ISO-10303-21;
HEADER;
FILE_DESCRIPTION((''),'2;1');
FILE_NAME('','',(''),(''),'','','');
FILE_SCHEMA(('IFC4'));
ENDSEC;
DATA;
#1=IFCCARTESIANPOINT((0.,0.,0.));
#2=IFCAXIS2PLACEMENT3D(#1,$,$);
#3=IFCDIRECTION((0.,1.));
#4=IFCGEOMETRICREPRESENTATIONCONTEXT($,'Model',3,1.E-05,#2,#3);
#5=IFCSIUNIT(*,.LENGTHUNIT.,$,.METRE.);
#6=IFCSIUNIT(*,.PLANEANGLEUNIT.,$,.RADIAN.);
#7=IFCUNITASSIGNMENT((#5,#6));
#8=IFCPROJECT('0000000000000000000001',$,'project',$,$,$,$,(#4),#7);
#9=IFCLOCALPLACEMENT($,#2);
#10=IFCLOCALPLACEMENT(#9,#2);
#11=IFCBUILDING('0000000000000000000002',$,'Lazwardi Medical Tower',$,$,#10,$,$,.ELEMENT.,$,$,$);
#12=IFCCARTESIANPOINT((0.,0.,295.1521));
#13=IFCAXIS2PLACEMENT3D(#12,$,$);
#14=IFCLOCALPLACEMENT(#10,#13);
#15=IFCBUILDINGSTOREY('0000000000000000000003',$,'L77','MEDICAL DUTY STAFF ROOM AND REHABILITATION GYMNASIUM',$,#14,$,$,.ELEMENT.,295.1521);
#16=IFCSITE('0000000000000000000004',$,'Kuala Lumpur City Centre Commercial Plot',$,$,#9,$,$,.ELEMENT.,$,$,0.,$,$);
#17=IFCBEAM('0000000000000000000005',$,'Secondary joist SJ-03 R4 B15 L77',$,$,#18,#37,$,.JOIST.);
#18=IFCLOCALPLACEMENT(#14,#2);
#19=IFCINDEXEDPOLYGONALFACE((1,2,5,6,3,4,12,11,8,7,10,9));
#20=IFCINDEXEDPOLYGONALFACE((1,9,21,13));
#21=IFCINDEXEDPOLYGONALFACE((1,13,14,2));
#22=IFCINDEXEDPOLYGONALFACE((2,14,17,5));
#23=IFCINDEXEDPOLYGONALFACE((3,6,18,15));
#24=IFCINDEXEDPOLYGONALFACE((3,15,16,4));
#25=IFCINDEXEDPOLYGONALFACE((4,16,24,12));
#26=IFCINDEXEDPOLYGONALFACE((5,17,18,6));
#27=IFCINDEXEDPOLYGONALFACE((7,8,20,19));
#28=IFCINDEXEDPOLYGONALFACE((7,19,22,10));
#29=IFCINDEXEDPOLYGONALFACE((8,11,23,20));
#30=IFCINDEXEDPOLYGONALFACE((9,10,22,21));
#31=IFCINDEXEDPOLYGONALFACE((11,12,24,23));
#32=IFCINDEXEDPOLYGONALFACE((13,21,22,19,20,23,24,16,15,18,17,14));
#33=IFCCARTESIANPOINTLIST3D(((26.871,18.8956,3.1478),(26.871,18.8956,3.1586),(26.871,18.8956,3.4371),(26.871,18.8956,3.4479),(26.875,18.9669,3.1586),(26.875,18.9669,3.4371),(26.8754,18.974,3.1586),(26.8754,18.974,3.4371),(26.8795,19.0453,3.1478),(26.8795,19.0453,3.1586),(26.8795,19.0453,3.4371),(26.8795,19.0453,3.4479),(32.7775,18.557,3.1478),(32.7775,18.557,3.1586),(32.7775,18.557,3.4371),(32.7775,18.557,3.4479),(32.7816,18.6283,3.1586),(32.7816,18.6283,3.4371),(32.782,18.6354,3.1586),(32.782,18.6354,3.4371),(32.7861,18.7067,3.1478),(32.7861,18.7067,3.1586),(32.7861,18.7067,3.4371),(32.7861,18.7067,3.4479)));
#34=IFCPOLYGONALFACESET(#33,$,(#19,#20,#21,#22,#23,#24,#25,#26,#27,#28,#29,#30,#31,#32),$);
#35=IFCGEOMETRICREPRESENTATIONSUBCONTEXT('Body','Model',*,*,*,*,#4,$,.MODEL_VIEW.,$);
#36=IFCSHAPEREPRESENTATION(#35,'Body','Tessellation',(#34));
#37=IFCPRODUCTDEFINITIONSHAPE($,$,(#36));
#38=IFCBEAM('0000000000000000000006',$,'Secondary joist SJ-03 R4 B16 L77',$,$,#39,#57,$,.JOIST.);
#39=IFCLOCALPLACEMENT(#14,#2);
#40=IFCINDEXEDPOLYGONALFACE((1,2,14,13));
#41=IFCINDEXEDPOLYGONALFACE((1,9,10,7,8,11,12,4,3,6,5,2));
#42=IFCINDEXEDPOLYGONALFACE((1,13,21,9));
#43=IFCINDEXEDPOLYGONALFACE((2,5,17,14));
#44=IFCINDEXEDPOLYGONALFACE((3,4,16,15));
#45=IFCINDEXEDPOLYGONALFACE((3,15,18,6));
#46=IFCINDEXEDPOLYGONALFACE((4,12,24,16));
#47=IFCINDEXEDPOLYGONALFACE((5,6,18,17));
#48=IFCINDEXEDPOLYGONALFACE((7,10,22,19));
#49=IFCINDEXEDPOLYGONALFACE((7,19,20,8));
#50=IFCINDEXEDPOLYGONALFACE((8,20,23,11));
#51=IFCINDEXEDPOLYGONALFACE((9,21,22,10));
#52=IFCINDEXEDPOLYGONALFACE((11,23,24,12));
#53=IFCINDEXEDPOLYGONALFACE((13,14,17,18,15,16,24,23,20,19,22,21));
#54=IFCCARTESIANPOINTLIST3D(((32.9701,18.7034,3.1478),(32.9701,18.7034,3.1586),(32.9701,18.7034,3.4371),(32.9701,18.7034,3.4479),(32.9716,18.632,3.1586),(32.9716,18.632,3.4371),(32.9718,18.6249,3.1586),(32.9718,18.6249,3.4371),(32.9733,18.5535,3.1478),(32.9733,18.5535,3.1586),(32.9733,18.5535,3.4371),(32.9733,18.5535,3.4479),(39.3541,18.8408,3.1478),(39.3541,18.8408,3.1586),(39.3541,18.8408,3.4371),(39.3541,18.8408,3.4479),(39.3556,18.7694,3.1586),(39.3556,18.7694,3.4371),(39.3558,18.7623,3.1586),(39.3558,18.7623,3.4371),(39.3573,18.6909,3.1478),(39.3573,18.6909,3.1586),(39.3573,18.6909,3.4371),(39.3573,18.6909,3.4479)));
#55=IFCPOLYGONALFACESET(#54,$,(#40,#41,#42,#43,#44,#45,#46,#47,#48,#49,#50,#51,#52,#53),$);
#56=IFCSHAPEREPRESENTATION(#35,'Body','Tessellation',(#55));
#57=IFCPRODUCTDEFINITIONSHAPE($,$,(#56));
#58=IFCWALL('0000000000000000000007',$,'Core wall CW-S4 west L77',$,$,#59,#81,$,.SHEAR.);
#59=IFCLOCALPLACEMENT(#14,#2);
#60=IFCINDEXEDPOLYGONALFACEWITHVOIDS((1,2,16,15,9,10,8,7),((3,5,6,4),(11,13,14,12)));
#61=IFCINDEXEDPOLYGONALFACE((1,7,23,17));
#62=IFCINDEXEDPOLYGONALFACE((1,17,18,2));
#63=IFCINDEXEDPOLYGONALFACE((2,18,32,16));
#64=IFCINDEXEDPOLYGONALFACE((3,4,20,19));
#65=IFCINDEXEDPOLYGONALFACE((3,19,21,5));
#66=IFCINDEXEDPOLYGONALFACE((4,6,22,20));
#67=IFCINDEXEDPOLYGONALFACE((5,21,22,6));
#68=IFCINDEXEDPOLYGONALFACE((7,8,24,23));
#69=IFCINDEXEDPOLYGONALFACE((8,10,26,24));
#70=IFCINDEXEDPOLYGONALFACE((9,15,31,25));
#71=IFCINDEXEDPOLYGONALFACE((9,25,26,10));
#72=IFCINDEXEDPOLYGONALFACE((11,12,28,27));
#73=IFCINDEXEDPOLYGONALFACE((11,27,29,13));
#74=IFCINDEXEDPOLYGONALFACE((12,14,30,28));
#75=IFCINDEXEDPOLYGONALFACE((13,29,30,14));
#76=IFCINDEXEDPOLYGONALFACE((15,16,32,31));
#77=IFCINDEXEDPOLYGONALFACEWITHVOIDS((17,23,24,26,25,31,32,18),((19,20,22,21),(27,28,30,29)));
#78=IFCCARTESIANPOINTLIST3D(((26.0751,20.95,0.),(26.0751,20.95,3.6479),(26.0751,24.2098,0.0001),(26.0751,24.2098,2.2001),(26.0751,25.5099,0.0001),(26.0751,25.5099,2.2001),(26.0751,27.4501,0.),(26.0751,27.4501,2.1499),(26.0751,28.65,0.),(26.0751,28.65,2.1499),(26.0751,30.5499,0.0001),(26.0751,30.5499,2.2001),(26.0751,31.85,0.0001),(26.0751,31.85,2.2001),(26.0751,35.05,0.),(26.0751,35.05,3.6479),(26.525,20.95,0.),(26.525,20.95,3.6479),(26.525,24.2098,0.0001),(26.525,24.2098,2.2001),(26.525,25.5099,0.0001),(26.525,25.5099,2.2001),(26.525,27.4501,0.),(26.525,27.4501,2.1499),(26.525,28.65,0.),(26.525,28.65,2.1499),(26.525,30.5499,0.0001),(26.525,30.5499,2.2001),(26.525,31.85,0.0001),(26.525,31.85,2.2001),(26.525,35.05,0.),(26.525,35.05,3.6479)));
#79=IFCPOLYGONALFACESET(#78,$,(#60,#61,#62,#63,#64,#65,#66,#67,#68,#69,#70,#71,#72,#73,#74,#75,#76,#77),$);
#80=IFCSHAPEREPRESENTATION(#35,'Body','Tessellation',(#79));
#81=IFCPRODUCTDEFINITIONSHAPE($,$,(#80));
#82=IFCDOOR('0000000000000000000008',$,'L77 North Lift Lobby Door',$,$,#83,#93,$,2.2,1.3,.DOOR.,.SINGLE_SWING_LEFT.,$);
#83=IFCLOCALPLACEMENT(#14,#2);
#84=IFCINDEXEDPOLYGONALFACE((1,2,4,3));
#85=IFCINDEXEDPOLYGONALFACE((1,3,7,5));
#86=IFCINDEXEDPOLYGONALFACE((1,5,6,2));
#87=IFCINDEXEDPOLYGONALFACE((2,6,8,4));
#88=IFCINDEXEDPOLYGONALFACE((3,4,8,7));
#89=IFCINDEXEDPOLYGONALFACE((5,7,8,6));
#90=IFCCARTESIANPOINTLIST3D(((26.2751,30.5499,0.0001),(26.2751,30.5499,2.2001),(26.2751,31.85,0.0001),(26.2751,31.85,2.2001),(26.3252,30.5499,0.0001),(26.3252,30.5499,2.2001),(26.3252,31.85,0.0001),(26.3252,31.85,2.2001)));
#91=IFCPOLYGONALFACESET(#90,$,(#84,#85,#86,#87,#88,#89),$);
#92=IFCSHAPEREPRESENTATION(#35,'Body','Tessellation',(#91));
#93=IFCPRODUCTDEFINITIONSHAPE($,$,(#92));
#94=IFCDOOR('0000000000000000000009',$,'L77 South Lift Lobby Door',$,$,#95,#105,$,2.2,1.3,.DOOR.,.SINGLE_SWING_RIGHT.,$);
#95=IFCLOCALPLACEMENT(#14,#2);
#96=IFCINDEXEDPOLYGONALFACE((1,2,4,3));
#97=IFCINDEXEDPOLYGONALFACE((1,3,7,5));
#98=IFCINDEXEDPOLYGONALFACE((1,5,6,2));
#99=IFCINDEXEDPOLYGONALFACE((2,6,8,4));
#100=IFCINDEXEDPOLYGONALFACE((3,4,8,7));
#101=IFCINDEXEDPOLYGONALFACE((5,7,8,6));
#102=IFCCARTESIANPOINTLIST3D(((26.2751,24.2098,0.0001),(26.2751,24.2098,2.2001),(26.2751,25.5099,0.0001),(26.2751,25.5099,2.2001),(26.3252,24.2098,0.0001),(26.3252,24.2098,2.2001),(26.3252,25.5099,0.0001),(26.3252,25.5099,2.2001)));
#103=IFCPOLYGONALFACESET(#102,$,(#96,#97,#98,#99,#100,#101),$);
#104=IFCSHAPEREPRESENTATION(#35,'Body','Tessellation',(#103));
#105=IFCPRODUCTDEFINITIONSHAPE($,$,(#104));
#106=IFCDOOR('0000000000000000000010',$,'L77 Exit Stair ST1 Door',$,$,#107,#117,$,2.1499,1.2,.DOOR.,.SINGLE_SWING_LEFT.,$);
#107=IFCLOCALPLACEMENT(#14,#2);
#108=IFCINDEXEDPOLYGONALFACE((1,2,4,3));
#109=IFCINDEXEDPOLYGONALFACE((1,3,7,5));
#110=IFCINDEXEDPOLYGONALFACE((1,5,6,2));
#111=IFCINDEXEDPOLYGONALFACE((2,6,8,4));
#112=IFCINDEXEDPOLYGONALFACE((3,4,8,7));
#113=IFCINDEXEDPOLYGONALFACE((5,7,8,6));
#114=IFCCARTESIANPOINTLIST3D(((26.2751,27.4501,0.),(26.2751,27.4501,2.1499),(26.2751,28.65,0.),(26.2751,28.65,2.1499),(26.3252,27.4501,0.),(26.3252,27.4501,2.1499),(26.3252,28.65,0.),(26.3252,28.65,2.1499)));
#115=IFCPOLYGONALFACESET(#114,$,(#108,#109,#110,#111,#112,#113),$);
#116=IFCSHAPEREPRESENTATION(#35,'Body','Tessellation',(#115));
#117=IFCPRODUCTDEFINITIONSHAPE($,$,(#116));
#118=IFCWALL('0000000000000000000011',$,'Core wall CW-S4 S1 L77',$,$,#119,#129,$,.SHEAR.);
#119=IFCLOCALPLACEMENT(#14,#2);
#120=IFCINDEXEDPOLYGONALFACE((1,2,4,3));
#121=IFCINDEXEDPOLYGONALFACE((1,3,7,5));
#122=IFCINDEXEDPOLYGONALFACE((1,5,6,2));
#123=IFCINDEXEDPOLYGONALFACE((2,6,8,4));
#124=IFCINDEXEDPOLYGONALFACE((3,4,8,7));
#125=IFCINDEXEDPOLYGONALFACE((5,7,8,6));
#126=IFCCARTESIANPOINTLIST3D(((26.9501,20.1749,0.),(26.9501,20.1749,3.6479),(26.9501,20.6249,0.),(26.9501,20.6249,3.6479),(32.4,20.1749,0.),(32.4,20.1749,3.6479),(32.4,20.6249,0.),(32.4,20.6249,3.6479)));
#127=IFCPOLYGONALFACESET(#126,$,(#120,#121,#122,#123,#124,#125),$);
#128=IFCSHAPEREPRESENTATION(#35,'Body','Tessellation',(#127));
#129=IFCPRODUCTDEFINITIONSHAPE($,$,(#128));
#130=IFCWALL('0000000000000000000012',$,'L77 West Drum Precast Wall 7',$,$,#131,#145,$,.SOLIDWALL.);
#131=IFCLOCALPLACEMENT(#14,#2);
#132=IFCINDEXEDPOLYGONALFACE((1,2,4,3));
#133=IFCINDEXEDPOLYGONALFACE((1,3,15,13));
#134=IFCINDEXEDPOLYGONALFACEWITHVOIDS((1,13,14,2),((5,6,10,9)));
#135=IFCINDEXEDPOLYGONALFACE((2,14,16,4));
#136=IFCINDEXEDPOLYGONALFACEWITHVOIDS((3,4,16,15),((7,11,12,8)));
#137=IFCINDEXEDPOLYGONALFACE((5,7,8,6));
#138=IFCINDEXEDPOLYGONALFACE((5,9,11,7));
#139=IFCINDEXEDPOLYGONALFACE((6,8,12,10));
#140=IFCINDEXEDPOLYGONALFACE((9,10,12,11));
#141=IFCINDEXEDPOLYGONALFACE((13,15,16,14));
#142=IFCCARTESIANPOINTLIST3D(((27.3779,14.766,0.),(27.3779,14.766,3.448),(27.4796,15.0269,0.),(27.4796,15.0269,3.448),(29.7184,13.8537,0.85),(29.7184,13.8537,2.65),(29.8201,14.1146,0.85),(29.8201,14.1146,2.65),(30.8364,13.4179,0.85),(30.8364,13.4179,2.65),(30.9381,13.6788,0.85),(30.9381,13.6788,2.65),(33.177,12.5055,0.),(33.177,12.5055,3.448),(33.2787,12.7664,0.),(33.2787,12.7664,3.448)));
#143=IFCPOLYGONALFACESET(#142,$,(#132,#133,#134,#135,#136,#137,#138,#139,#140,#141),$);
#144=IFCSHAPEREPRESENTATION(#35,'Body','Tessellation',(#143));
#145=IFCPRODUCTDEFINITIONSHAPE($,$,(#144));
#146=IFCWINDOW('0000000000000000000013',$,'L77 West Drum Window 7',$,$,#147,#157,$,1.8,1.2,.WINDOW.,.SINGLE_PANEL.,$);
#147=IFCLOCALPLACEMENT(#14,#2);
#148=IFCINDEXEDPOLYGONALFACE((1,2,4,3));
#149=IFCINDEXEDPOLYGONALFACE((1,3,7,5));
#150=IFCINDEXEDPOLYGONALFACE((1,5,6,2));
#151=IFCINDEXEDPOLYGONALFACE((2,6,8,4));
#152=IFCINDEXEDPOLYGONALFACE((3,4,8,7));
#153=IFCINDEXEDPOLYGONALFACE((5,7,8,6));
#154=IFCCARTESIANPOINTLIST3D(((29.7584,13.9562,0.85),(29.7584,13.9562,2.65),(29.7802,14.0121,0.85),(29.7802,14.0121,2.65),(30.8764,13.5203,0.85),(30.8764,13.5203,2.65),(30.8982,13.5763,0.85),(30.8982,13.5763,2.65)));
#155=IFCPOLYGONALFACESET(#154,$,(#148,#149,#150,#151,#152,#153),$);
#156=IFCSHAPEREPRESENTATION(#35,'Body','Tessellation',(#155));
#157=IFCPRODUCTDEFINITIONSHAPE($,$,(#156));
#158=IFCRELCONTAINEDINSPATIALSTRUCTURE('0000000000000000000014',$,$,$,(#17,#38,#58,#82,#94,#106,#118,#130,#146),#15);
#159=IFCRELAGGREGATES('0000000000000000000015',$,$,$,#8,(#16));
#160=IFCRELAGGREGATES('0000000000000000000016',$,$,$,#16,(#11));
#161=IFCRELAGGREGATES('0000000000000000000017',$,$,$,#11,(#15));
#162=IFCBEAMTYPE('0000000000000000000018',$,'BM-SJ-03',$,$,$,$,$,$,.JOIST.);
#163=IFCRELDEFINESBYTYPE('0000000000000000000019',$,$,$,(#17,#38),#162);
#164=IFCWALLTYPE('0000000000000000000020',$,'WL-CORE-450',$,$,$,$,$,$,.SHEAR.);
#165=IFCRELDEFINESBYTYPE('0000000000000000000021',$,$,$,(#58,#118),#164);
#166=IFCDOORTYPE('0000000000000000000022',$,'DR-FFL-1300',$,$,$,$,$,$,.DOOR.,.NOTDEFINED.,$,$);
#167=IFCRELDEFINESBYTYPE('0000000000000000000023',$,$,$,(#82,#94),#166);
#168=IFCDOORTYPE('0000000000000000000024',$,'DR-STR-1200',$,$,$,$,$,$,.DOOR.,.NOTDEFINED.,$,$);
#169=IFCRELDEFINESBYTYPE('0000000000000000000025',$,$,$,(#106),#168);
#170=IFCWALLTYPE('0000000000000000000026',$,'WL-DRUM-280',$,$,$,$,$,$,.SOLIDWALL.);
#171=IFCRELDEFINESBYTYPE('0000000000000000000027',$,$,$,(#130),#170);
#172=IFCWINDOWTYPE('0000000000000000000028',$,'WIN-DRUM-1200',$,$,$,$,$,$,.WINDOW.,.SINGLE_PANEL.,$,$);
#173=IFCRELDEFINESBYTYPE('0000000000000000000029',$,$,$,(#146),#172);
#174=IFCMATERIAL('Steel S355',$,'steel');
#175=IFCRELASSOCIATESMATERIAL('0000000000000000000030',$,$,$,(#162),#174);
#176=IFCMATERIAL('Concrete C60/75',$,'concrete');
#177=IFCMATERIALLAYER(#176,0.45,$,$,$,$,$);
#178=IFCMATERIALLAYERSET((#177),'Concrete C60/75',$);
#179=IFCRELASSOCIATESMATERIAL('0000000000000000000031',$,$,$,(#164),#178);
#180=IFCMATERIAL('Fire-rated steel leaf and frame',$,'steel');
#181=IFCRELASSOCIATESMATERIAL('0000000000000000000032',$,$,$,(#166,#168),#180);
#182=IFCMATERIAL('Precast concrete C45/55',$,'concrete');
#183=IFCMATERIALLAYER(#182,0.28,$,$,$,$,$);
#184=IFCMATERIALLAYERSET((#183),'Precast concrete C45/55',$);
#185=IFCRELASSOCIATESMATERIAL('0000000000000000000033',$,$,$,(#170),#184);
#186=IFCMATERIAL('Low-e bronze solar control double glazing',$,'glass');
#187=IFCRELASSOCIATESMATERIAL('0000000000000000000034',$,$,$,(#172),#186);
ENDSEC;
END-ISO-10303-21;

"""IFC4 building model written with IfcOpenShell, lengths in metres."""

from ifc_helpers import new_model, si_unit, direction, frame, frame_2d, origin, origin_2d, place, context, subcontext, project, spatial, rectangle, i_section, extrude, material, layer, layer_set, material_profile, profile_set, type_object, element, fill, save


model = new_model("IFC4")

# Units and contexts
model_context = context("Model", 3, precision=1e-05, world=origin(), true_north=direction((0.0, 1.0)))
body_context = subcontext(model_context, "Body", "Model", "MODEL_VIEW")
ifc_project = project(units=[si_unit("LENGTHUNIT", "METRE"), si_unit("PLANEANGLEUNIT", "RADIAN")], contexts=[model_context])

# Site, building, storey
site_placement = place(None, origin())
site = spatial("IfcSite", under=ifc_project, at=site_placement, Name="Kuala Lumpur City Centre Commercial Plot", CompositionType="ELEMENT", RefElevation=0.0)
building_placement = place(site_placement, origin())
building = spatial("IfcBuilding", under=site, at=building_placement, Name="Lazwardi Medical Tower", CompositionType="ELEMENT")
storey_placement = place(building_placement, frame((0.0, 0.0, 295.1521)))
storey = spatial("IfcBuildingStorey", under=building, at=storey_placement, Name="L77", Description="MEDICAL DUTY STAFF ROOM AND REHABILITATION GYMNASIUM", CompositionType="ELEMENT", Elevation=295.1521)

# Shared definitions
ifc_material_1 = material(Name="Concrete C60/75", Category="concrete")

# Beams
ifc_material_2 = material(Name="Steel S355", Category="steel")
ifc_material_profile_1 = material_profile(ifc_material_2, i_section(OverallWidth=0.1499, OverallDepth=0.3, WebThickness=0.0071, FlangeThickness=0.0107, at=origin_2d()), Name="IPE 300")
ifc_profile_set_1 = profile_set([ifc_material_profile_1], Name="Steel S355")
beam_type_1 = type_object("IfcBeamType", Name="BM-SJ-03", PredefinedType="JOIST", material=ifc_profile_set_1)
beam_1_placement = place(storey_placement, frame((26.8752, 18.9705, 3.2979), z_axis=(0.998361, -0.057237, 0.0), x_axis=(0.057237, 0.998361, 0.0)))
element("IfcBeam", 1, at=beam_1_placement, inside=storey, type_object=beam_type_1, Name="Secondary joist SJ-03 R4 B15 L77", PredefinedType="JOIST", context=body_context, shape_type="SweptSolid", body=[
    extrude(i_section(OverallWidth=0.1499, OverallDepth=0.3, WebThickness=0.0071, FlangeThickness=0.0107, at=origin_2d()), origin(), (0.0, 0.0, 1.0), 5.9163),
])
beam_2_placement = place(storey_placement, frame((32.9717, 18.6284, 3.2979), z_axis=(0.999768, 0.021525, 0.0), x_axis=(-0.021525, 0.999768, 0.0)))
element("IfcBeam", 2, at=beam_2_placement, inside=storey, type_object=beam_type_1, Name="Secondary joist SJ-03 R4 B16 L77", PredefinedType="JOIST", context=body_context, shape_type="SweptSolid", body=[
    extrude(i_section(OverallWidth=0.1499, OverallDepth=0.3, WebThickness=0.0071, FlangeThickness=0.0107, at=origin_2d()), origin(), (0.0, 0.0, 1.0), 6.3855),
])

# Wall, openings, doors
ifc_layer_1 = layer(ifc_material_1, 0.45)
ifc_layer_set_1 = layer_set([ifc_layer_1], Name="Concrete C60/75")
wall_type_1 = type_object("IfcWallType", Name="WL-CORE-450", PredefinedType="SHEAR", material=ifc_layer_set_1)
wall_1_placement = place(storey_placement, frame((26.3, 20.95, 0.0), z_axis=(0.0, 0.0, 1.0), x_axis=(0.0, 1.0, 0.0)))
wall_1 = element("IfcWall", 3, at=wall_1_placement, inside=storey, type_object=wall_type_1, Name="Core wall CW-S4 west L77", PredefinedType="SHEAR", context=body_context, shape_type="SweptSolid", body=[
    extrude(rectangle(XDim=14.1001, YDim=0.45, at=frame_2d((7.05, 0.0))), origin(), (0.0, 0.0, 1.0), 3.6479),
])
opening_1_placement = place(wall_1_placement, frame((6.5, 0.0, 0.0)))
opening_1 = element("IfcOpeningElement", 4, at=opening_1_placement, cuts=wall_1, PredefinedType="OPENING", context=body_context, shape_type="SweptSolid", body=[
    extrude(rectangle(XDim=1.2, YDim=2.1499, at=frame_2d((0.6001, 1.075))), frame((0.0, 0.2349, 0.0), z_axis=(0.0, -1.0, 0.0), x_axis=(1.0, 0.0, 0.0)), (0.0, 0.0, 1.0), 0.47),
])
opening_2_placement = place(wall_1_placement, frame((9.6001, 0.0, 0.0)))
opening_2 = element("IfcOpeningElement", 5, at=opening_2_placement, cuts=wall_1, PredefinedType="OPENING", context=body_context, shape_type="SweptSolid", body=[
    extrude(rectangle(XDim=1.3, YDim=2.2, at=frame_2d((0.6499, 1.1001))), frame((0.0, 0.2349, 0.0), z_axis=(0.0, -1.0, 0.0), x_axis=(1.0, 0.0, 0.0)), (0.0, 0.0, 1.0), 0.47),
])
opening_3_placement = place(wall_1_placement, frame((3.26, 0.0, 0.0)))
opening_3 = element("IfcOpeningElement", 6, at=opening_3_placement, cuts=wall_1, PredefinedType="OPENING", context=body_context, shape_type="SweptSolid", body=[
    extrude(rectangle(XDim=1.3, YDim=2.2, at=frame_2d((0.6499, 1.1001))), frame((0.0, 0.2349, 0.0), z_axis=(0.0, -1.0, 0.0), x_axis=(1.0, 0.0, 0.0)), (0.0, 0.0, 1.0), 0.47),
])
ifc_material_3 = material(Name="Fire-rated steel leaf and frame", Category="steel")
door_type_1 = type_object("IfcDoorType", Name="DR-FFL-1300", OperationType="NOTDEFINED", PredefinedType="DOOR", material=ifc_material_3)
door_1_placement = place(opening_2_placement, origin())
door_1 = element("IfcDoor", 7, at=door_1_placement, inside=storey, type_object=door_type_1, Name="L77 North Lift Lobby Door", OperationType="SINGLE_SWING_LEFT", OverallHeight=2.2, OverallWidth=1.3, PredefinedType="DOOR", context=body_context, shape_type="SweptSolid", body=[
    extrude(rectangle(XDim=1.3, YDim=2.2, at=frame_2d((0.6499, 1.1001))), frame((0.0, 0.0249, 0.0), z_axis=(0.0, -1.0, 0.0), x_axis=(1.0, 0.0, 0.0)), (0.0, 0.0, 1.0), 0.05),
])
fill(opening_2, door_1)
door_2_placement = place(opening_3_placement, origin())
door_2 = element("IfcDoor", 8, at=door_2_placement, inside=storey, type_object=door_type_1, Name="L77 South Lift Lobby Door", OperationType="SINGLE_SWING_RIGHT", OverallHeight=2.2, OverallWidth=1.3, PredefinedType="DOOR", context=body_context, shape_type="SweptSolid", body=[
    extrude(rectangle(XDim=1.3, YDim=2.2, at=frame_2d((0.6499, 1.1001))), frame((0.0, 0.0249, 0.0), z_axis=(0.0, -1.0, 0.0), x_axis=(1.0, 0.0, 0.0)), (0.0, 0.0, 1.0), 0.05),
])
fill(opening_3, door_2)
door_type_2 = type_object("IfcDoorType", Name="DR-STR-1200", OperationType="NOTDEFINED", PredefinedType="DOOR", material=ifc_material_3)
door_3_placement = place(opening_1_placement, origin())
door_3 = element("IfcDoor", 9, at=door_3_placement, inside=storey, type_object=door_type_2, Name="L77 Exit Stair ST1 Door", OperationType="SINGLE_SWING_LEFT", OverallHeight=2.1499, OverallWidth=1.2, PredefinedType="DOOR", context=body_context, shape_type="SweptSolid", body=[
    extrude(rectangle(XDim=1.2, YDim=2.1499, at=frame_2d((0.6001, 1.075))), frame((0.0, 0.0249, 0.0), z_axis=(0.0, -1.0, 0.0), x_axis=(1.0, 0.0, 0.0)), (0.0, 0.0, 1.0), 0.05),
])
fill(opening_1, door_3)

# Wall
wall_2_placement = place(storey_placement, frame((26.95, 20.3999, 0.0), z_axis=(0.0, 0.0, 1.0), x_axis=(1.0, 0.0, 0.0)))
element("IfcWall", 10, at=wall_2_placement, inside=storey, type_object=wall_type_1, Name="Core wall CW-S4 S1 L77", PredefinedType="SHEAR", context=body_context, shape_type="SweptSolid", body=[
    extrude(rectangle(XDim=5.45, YDim=0.45, at=frame_2d((2.7251, 0.0))), origin(), (0.0, 0.0, 1.0), 3.6479),
])

# Wall, opening, window
ifc_material_4 = material(Name="Precast concrete C45/55", Category="concrete")
ifc_layer_2 = layer(ifc_material_4, 0.28)
ifc_layer_set_2 = layer_set([ifc_layer_2], Name="Precast concrete C45/55")
wall_type_2 = type_object("IfcWallType", Name="WL-DRUM-280", PredefinedType="SOLIDWALL", material=ifc_layer_set_2)
wall_3_placement = place(storey_placement, frame((27.4287, 14.8965, 0.0), z_axis=(0.0, 0.0, 1.0), x_axis=(0.931717, -0.363186, 0.0)))
wall_3 = element("IfcWall", 11, at=wall_3_placement, inside=storey, type_object=wall_type_2, Name="L77 West Drum Precast Wall 7", PredefinedType="SOLIDWALL", context=body_context, shape_type="SweptSolid", body=[
    extrude(rectangle(XDim=6.2241, YDim=0.28, at=frame_2d((3.1121, 0.0))), origin(), (0.0, 0.0, 1.0), 3.448),
])
opening_4_placement = place(wall_3_placement, frame((2.512, 0.0, 0.8501)))
opening_4 = element("IfcOpeningElement", 12, at=opening_4_placement, cuts=wall_3, PredefinedType="OPENING", context=body_context, shape_type="SweptSolid", body=[
    extrude(rectangle(XDim=1.2, YDim=1.8, at=frame_2d((0.6001, 0.8999))), frame((0.0, 0.1499, 0.0), z_axis=(0.0, -1.0, 0.0), x_axis=(1.0, 0.0, 0.0)), (0.0, 0.0, 1.0), 0.3),
])
ifc_material_5 = material(Name="Low-e bronze solar control double glazing", Category="glass")
window_type_1 = type_object("IfcWindowType", Name="WIN-DRUM-1200", PartitioningType="SINGLE_PANEL", PredefinedType="WINDOW", material=ifc_material_5)
window_1_placement = place(opening_4_placement, origin())
window_1 = element("IfcWindow", 13, at=window_1_placement, inside=storey, type_object=window_type_1, Name="L77 West Drum Window 7", OverallHeight=1.8, OverallWidth=1.2, PartitioningType="SINGLE_PANEL", PredefinedType="WINDOW", context=body_context, shape_type="SweptSolid", body=[
    extrude(rectangle(XDim=1.2, YDim=1.8, at=frame_2d((0.6001, 0.8999))), frame((0.0, 0.03, 0.0), z_axis=(0.0, -1.0, 0.0), x_axis=(1.0, 0.0, 0.0)), (0.0, 0.0, 1.0), 0.0601),
])
fill(opening_4, window_1)

save(model, "model.ifc")
